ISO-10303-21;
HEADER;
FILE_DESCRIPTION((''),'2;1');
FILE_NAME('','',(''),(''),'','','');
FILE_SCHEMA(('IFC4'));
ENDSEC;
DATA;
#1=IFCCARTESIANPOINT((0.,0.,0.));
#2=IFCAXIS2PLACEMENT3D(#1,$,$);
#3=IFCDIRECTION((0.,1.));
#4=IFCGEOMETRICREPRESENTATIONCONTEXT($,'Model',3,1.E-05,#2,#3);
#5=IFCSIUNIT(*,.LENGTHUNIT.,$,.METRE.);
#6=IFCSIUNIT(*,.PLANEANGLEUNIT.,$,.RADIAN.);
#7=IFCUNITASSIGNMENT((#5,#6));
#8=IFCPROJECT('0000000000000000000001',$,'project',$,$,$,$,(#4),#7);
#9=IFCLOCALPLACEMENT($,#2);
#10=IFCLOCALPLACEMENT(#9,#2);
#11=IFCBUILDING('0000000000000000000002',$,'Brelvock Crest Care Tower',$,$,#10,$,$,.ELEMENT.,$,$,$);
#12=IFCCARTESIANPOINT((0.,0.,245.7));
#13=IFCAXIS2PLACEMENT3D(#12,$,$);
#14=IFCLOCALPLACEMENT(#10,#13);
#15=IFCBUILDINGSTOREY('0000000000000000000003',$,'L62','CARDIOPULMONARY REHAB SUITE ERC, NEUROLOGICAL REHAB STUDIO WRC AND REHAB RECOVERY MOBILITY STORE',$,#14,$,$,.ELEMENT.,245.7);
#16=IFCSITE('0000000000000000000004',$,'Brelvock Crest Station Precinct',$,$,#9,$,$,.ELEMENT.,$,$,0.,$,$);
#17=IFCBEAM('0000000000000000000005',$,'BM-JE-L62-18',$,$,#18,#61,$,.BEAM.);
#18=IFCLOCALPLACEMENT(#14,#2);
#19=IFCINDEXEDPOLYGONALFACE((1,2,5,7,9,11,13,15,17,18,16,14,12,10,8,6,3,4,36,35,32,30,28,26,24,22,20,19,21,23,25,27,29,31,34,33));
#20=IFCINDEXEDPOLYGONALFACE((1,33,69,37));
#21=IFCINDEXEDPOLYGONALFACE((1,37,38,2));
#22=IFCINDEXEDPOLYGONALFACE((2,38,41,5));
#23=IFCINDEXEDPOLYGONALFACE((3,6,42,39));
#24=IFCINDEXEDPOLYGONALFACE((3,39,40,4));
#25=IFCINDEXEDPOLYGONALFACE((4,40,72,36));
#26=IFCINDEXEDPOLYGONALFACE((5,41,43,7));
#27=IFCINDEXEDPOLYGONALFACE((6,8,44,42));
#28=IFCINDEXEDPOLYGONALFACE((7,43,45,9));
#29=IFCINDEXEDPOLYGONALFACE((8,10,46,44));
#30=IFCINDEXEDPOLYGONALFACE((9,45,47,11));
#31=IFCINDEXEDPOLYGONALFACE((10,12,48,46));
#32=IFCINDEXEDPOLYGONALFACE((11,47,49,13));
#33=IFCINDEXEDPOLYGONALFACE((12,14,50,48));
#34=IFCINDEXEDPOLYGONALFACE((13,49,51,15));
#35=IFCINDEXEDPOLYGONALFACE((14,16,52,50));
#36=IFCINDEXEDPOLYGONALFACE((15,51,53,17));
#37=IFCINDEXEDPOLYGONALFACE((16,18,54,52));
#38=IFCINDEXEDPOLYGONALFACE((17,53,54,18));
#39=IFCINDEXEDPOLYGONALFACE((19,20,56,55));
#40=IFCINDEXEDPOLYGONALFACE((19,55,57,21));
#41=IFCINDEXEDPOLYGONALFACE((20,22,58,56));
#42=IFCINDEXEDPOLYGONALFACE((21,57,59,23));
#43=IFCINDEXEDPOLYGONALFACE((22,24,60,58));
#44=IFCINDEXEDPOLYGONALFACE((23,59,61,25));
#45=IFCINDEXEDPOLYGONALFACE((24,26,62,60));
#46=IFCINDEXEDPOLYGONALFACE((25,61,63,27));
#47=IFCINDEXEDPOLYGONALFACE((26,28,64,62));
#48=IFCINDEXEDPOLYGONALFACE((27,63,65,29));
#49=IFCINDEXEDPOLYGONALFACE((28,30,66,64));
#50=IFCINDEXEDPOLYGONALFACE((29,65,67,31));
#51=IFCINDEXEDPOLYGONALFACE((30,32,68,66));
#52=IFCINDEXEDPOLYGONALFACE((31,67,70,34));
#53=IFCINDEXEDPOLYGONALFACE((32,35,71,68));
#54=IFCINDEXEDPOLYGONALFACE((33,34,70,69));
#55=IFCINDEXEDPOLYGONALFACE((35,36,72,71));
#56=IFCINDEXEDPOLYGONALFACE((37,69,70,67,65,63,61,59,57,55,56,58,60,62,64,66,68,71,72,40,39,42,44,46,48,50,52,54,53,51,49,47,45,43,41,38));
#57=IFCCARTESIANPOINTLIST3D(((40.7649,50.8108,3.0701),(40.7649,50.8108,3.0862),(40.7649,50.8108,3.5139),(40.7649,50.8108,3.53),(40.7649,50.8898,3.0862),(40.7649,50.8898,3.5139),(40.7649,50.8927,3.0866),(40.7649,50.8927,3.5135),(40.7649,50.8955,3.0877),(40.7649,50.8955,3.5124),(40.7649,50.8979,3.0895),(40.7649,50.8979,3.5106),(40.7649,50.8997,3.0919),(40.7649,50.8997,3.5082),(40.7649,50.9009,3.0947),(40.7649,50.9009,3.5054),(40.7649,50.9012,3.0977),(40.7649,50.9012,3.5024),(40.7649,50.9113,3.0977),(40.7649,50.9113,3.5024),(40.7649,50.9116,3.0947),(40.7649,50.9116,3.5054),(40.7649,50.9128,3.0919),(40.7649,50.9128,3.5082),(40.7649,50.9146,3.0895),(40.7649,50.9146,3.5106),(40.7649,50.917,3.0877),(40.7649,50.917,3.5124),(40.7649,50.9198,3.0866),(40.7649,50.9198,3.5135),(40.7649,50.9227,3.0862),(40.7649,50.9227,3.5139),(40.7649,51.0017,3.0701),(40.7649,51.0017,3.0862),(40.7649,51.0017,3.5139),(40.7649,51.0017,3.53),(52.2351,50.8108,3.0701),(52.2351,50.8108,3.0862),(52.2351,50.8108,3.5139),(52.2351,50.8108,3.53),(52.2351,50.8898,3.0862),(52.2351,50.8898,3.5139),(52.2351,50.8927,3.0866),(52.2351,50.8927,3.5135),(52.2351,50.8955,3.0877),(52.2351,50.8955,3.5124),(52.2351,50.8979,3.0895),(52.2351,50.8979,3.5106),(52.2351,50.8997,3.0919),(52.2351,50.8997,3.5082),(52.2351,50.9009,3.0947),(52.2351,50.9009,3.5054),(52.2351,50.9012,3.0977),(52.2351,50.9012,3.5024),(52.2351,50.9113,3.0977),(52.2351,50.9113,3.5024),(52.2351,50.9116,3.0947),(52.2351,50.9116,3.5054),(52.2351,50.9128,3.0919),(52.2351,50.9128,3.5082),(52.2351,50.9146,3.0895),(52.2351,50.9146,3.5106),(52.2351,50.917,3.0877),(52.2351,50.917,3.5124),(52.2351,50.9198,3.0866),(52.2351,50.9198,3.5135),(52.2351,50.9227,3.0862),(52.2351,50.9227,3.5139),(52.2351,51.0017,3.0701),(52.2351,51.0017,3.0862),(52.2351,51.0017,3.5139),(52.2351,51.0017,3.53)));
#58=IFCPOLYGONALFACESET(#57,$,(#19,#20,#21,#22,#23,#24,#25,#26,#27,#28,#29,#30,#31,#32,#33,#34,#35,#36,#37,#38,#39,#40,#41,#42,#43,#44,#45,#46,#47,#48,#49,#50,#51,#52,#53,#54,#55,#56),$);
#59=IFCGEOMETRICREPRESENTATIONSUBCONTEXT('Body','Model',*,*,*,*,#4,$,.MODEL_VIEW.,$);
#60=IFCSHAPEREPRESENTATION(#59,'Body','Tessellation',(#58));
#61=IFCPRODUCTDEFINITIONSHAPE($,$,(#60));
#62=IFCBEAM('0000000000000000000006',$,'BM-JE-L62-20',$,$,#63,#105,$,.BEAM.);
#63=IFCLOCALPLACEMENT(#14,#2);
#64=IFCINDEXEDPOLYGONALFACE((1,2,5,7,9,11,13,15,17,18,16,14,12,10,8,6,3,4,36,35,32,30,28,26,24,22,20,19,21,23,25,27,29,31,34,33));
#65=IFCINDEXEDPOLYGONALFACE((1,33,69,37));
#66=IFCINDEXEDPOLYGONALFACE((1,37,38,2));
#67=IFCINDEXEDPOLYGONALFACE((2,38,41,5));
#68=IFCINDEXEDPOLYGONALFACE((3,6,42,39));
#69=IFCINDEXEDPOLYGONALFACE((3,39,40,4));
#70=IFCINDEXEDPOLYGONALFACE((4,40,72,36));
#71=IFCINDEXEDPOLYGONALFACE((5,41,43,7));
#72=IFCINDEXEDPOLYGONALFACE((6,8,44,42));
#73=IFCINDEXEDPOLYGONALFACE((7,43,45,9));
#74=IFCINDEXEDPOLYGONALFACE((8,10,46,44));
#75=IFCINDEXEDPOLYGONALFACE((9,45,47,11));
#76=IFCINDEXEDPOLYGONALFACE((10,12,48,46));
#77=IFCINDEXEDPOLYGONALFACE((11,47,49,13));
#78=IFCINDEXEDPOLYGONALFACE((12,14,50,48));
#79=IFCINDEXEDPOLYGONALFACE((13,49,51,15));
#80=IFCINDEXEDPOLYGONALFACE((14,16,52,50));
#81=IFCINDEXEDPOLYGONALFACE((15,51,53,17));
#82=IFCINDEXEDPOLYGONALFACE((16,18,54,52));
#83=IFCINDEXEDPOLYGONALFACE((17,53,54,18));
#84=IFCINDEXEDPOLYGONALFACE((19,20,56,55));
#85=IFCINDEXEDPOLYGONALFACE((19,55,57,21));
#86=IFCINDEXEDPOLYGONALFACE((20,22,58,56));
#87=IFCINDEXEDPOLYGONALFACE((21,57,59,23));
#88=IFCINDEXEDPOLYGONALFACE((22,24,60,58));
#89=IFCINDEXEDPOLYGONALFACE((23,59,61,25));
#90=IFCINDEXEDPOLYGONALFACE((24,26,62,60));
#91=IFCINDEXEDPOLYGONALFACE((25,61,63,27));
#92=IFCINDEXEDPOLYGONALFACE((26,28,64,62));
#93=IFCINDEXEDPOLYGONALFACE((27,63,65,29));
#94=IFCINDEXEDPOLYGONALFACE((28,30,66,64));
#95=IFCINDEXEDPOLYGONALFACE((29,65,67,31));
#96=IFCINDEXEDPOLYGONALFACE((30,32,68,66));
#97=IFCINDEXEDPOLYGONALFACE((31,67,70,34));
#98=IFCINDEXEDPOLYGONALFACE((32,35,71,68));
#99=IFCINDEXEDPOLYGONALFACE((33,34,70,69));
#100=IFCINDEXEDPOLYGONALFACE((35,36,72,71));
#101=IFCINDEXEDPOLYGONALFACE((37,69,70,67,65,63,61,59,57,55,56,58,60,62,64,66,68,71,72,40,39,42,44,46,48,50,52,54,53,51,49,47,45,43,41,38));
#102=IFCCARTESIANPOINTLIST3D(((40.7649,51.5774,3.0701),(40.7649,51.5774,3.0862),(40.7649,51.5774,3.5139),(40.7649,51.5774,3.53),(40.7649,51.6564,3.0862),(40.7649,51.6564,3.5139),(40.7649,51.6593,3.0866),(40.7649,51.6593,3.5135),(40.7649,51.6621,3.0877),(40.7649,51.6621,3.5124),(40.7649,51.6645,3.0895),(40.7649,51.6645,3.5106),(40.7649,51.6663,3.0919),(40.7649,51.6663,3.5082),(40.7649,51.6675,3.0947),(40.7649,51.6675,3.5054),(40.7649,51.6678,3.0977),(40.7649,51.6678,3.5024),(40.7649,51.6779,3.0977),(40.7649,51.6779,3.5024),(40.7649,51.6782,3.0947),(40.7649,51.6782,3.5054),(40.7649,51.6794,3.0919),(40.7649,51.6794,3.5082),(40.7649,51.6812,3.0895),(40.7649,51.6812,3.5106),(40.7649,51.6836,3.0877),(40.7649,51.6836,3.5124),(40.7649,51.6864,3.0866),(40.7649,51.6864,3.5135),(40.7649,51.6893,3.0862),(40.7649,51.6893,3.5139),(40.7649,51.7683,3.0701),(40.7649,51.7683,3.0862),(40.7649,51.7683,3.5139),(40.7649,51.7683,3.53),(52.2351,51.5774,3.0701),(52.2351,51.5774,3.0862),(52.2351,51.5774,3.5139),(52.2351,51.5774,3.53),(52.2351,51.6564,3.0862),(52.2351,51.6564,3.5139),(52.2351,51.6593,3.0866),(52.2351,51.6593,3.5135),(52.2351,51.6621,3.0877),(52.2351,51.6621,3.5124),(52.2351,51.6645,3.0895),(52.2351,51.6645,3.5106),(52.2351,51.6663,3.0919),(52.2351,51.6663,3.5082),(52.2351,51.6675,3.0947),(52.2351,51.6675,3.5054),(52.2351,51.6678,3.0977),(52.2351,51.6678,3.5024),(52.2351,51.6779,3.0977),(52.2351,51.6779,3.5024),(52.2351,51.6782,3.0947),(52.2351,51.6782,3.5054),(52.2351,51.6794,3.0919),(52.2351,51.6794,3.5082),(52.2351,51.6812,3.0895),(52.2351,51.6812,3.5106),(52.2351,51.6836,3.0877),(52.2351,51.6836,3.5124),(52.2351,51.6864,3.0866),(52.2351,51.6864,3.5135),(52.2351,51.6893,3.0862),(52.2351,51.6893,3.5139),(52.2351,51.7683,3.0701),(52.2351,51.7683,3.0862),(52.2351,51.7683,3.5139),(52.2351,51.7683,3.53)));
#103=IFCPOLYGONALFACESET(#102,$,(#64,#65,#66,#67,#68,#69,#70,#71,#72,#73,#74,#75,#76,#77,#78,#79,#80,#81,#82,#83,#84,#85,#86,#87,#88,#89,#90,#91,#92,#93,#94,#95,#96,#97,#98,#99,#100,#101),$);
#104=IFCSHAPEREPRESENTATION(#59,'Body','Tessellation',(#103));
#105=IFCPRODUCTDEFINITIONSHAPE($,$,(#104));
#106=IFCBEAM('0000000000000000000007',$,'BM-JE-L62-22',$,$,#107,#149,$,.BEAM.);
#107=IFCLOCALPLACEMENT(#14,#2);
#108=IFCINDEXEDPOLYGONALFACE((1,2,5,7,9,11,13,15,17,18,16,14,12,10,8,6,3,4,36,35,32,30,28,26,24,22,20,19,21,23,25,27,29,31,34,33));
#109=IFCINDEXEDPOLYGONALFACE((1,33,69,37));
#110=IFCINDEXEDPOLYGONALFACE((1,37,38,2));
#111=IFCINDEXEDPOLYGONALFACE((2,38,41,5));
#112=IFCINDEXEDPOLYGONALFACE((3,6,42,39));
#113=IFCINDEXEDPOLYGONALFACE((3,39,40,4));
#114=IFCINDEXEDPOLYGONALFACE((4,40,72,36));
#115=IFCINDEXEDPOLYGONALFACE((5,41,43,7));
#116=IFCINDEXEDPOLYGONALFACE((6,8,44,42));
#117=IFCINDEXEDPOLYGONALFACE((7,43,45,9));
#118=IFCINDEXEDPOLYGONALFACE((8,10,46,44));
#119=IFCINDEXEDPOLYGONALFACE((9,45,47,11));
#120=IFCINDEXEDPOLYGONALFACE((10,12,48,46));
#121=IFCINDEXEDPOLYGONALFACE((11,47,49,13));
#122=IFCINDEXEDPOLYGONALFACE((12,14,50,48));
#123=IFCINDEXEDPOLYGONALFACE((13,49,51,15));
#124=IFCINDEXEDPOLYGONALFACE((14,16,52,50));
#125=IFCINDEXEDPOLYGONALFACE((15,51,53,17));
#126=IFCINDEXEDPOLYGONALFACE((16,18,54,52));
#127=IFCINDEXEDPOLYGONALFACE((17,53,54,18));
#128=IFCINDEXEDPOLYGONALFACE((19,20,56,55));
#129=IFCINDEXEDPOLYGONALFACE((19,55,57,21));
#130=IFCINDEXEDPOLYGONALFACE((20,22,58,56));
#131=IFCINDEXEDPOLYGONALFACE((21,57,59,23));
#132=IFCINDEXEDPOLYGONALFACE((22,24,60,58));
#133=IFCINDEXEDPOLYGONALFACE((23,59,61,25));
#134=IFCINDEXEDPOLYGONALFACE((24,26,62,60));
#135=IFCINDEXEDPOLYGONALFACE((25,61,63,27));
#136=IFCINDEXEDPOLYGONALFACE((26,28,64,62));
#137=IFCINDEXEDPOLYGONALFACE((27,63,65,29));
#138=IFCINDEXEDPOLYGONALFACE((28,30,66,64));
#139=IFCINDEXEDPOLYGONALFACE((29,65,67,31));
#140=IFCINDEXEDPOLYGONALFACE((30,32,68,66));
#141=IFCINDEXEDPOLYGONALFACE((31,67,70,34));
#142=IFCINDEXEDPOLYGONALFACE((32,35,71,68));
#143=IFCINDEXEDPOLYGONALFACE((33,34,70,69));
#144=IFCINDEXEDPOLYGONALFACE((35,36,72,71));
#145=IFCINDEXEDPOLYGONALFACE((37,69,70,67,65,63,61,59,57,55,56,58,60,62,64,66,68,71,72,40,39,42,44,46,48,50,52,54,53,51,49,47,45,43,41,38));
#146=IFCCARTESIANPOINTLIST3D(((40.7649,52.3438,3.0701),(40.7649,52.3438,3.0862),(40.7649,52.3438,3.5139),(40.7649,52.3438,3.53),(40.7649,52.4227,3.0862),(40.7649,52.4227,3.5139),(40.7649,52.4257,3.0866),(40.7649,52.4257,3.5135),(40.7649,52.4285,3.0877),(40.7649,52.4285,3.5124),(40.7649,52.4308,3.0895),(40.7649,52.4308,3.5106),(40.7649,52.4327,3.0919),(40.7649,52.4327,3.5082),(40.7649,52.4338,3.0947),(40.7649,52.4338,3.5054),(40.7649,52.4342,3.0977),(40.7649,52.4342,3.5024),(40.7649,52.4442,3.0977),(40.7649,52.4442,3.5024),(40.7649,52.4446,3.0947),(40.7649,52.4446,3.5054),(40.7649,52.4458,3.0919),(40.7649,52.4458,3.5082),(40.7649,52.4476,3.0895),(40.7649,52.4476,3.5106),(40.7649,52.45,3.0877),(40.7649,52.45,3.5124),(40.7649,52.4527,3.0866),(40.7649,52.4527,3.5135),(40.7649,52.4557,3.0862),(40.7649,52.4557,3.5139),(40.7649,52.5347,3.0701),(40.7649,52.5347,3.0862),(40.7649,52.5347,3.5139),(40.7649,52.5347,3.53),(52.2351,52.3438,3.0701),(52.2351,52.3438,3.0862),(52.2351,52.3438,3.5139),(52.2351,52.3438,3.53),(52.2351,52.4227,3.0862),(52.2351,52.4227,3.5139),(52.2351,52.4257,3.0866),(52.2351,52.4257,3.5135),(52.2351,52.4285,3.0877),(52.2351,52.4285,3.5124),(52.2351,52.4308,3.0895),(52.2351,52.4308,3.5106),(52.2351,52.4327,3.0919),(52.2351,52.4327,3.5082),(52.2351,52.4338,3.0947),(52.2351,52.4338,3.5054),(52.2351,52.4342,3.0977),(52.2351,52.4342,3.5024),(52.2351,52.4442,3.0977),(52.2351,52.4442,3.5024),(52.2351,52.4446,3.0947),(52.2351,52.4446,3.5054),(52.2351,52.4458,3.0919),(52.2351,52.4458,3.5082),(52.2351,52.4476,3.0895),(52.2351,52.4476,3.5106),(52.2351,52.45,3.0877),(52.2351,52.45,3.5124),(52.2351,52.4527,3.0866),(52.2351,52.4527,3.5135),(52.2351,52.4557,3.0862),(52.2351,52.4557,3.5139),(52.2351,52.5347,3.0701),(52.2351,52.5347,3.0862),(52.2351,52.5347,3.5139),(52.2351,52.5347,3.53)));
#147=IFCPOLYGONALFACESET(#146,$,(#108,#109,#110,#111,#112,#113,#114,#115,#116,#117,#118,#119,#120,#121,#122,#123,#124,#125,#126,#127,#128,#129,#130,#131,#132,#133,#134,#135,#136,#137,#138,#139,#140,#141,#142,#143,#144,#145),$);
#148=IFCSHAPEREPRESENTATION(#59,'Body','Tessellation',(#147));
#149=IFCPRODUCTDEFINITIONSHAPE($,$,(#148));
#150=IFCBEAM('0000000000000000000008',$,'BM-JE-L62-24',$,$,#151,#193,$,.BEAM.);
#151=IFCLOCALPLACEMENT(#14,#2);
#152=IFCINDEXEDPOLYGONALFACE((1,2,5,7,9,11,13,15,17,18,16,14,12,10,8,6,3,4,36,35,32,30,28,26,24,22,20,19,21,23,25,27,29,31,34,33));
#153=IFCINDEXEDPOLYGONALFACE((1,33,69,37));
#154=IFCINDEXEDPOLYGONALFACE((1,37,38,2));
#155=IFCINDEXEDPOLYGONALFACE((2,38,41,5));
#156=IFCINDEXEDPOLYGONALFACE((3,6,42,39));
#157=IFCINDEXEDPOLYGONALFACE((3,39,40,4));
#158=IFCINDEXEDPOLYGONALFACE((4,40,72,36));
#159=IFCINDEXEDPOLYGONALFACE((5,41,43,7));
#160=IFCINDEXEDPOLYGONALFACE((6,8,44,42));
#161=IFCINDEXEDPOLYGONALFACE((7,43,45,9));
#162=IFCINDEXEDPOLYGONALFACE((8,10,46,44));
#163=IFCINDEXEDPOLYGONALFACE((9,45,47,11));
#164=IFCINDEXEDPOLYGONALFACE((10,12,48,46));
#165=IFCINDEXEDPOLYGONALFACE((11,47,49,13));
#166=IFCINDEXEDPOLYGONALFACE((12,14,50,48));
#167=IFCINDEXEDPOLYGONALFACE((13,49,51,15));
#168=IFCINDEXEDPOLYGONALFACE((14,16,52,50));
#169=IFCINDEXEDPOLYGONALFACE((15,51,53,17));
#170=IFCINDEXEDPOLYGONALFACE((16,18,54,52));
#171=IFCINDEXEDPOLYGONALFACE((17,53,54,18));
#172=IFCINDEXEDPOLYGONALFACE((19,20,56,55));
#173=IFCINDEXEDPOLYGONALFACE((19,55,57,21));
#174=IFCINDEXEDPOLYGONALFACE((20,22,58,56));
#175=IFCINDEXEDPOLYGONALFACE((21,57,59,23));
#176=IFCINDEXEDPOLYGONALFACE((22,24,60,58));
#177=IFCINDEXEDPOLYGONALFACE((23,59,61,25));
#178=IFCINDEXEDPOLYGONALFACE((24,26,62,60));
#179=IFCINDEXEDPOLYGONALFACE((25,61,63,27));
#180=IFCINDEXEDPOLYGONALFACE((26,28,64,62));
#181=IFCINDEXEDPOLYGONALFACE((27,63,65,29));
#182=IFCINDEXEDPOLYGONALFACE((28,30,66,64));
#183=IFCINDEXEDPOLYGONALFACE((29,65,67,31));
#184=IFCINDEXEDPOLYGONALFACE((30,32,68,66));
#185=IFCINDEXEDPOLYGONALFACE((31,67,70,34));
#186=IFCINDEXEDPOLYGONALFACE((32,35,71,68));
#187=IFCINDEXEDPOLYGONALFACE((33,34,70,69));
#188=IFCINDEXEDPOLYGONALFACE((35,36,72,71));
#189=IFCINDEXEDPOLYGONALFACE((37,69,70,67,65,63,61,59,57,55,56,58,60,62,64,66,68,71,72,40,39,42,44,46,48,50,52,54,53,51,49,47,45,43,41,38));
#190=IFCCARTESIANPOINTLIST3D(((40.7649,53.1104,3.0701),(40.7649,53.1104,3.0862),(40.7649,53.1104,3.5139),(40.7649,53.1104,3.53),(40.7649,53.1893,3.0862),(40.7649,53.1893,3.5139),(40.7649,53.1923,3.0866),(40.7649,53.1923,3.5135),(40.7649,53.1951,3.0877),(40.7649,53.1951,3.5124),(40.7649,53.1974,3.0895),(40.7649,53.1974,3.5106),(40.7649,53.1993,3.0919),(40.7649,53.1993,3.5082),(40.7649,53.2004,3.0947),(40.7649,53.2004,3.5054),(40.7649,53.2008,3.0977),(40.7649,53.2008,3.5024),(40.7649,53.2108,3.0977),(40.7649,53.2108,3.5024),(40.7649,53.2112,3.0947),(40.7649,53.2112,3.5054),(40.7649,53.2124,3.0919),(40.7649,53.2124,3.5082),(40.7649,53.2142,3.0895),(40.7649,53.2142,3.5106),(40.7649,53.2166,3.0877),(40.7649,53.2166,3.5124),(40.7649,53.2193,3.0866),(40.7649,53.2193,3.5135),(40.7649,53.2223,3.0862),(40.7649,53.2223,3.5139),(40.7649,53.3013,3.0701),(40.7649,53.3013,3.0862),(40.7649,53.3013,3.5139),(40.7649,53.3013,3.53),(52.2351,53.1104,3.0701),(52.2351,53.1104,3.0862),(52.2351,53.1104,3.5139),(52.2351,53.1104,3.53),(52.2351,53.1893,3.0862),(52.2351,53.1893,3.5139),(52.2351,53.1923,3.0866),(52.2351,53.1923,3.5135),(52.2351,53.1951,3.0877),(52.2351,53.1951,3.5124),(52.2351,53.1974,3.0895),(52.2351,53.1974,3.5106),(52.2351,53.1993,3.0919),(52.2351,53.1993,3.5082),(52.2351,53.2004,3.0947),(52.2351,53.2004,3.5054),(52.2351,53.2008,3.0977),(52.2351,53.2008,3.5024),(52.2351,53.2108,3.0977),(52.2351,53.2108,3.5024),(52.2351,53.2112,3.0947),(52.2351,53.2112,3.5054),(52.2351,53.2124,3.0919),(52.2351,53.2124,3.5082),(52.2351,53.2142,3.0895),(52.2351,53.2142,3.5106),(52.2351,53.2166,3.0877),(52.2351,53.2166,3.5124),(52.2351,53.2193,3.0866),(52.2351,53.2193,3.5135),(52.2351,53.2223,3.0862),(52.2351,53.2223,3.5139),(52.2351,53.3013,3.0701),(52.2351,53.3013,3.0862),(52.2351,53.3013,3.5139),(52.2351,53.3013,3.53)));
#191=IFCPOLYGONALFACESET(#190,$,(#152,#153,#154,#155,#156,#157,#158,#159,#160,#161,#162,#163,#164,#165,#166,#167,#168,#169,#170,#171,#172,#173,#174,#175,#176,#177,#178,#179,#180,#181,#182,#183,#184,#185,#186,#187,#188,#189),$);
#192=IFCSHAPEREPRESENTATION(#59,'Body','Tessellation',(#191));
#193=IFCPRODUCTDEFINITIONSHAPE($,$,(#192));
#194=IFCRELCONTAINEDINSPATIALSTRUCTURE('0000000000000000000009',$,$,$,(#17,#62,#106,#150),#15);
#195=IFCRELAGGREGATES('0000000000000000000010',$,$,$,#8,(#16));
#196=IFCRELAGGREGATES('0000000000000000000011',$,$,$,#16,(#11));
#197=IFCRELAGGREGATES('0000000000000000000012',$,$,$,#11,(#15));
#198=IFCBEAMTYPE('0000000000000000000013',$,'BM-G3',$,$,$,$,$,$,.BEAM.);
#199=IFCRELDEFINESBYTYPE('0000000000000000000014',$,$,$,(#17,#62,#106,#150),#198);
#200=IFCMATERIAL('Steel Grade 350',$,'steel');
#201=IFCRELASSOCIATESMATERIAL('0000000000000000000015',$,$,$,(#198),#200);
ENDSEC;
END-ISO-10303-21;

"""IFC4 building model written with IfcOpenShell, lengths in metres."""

from ifc_helpers import new_model, si_unit, direction, frame, origin, origin_2d, place, context, subcontext, project, spatial, i_section, extrude, source, transform, mapped, material, material_profile, profile_set, type_object, element, save


model = new_model("IFC4")

# Units and contexts
model_context = context("Model", 3, precision=1e-05, world=origin(), true_north=direction((0.0, 1.0)))
body_context = subcontext(model_context, "Body", "Model", "MODEL_VIEW")
ifc_project = project(units=[si_unit("LENGTHUNIT", "METRE"), si_unit("PLANEANGLEUNIT", "RADIAN")], contexts=[model_context])

# Site, building, storey
site_placement = place(None, origin())
site = spatial("IfcSite", under=ifc_project, at=site_placement, Name="Brelvock Crest Station Precinct", CompositionType="ELEMENT", RefElevation=0.0)
building_placement = place(site_placement, origin())
building = spatial("IfcBuilding", under=site, at=building_placement, Name="Brelvock Crest Care Tower", CompositionType="ELEMENT")
storey_placement = place(building_placement, frame((0.0, 0.0, 245.7)))
storey = spatial("IfcBuildingStorey", under=building, at=storey_placement, Name="L62", Description="CARDIOPULMONARY REHAB SUITE ERC, NEUROLOGICAL REHAB STUDIO WRC AND REHAB RECOVERY MOBILITY STORE", CompositionType="ELEMENT", Elevation=245.7)

# Beams
ifc_material_1 = material(Name="Steel Grade 350", Category="steel")
ifc_material_profile_1 = material_profile(ifc_material_1, i_section(OverallWidth=0.1909, OverallDepth=0.46, WebThickness=0.01, FlangeThickness=0.0161, FilletRadius=0.0115, at=origin_2d()), Name="460UB82.1")
ifc_profile_set_1 = profile_set([ifc_material_profile_1], Name="Steel Grade 350")
beam_type_1 = type_object("IfcBeamType", Name="BM-G3", PredefinedType="BEAM", material=ifc_profile_set_1)
shared_shape_1 = source(origin(), body_context, "Body", "SweptSolid", [
    extrude(i_section(OverallWidth=0.1909, OverallDepth=0.46, WebThickness=0.01, FlangeThickness=0.0161, FilletRadius=0.0115, at=origin_2d()), origin(), (0.0, 0.0, 1.0), 11.4702),
])
for number, where, z_axis, x_axis, name in (
    (1, (40.7649, 50.9062, 3.3), (1.0, 0.0, 0.0), (0.0, 1.0, 0.0), "BM-JE-L62-18"),
    (2, (40.7649, 51.6729, 3.3), (1.0, 0.0, 0.0), (0.0, 1.0, 0.0), "BM-JE-L62-20"),
    (3, (40.7649, 52.4392, 3.3), (1.0, 0.0, 0.0), (0.0, 1.0, 0.0), "BM-JE-L62-22"),
    (4, (40.7649, 53.2058, 3.3), (1.0, 0.0, 0.0), (0.0, 1.0, 0.0), "BM-JE-L62-24"),
):
    element("IfcBeam", number, at=place(storey_placement, frame(where, z_axis=z_axis, x_axis=x_axis)), inside=storey, type_object=beam_type_1, Name=name, PredefinedType="BEAM", context=body_context, shape_type="MappedRepresentation", body=[
        mapped(shared_shape_1, transform((0.0, 0.0, 0.0), x_axis=(1.0, 0.0, 0.0), y_axis=(0.0, 1.0, 0.0), z_axis=(0.0, 0.0, 1.0), scale=1.0)),
    ])

save(model, "model.ifc")
